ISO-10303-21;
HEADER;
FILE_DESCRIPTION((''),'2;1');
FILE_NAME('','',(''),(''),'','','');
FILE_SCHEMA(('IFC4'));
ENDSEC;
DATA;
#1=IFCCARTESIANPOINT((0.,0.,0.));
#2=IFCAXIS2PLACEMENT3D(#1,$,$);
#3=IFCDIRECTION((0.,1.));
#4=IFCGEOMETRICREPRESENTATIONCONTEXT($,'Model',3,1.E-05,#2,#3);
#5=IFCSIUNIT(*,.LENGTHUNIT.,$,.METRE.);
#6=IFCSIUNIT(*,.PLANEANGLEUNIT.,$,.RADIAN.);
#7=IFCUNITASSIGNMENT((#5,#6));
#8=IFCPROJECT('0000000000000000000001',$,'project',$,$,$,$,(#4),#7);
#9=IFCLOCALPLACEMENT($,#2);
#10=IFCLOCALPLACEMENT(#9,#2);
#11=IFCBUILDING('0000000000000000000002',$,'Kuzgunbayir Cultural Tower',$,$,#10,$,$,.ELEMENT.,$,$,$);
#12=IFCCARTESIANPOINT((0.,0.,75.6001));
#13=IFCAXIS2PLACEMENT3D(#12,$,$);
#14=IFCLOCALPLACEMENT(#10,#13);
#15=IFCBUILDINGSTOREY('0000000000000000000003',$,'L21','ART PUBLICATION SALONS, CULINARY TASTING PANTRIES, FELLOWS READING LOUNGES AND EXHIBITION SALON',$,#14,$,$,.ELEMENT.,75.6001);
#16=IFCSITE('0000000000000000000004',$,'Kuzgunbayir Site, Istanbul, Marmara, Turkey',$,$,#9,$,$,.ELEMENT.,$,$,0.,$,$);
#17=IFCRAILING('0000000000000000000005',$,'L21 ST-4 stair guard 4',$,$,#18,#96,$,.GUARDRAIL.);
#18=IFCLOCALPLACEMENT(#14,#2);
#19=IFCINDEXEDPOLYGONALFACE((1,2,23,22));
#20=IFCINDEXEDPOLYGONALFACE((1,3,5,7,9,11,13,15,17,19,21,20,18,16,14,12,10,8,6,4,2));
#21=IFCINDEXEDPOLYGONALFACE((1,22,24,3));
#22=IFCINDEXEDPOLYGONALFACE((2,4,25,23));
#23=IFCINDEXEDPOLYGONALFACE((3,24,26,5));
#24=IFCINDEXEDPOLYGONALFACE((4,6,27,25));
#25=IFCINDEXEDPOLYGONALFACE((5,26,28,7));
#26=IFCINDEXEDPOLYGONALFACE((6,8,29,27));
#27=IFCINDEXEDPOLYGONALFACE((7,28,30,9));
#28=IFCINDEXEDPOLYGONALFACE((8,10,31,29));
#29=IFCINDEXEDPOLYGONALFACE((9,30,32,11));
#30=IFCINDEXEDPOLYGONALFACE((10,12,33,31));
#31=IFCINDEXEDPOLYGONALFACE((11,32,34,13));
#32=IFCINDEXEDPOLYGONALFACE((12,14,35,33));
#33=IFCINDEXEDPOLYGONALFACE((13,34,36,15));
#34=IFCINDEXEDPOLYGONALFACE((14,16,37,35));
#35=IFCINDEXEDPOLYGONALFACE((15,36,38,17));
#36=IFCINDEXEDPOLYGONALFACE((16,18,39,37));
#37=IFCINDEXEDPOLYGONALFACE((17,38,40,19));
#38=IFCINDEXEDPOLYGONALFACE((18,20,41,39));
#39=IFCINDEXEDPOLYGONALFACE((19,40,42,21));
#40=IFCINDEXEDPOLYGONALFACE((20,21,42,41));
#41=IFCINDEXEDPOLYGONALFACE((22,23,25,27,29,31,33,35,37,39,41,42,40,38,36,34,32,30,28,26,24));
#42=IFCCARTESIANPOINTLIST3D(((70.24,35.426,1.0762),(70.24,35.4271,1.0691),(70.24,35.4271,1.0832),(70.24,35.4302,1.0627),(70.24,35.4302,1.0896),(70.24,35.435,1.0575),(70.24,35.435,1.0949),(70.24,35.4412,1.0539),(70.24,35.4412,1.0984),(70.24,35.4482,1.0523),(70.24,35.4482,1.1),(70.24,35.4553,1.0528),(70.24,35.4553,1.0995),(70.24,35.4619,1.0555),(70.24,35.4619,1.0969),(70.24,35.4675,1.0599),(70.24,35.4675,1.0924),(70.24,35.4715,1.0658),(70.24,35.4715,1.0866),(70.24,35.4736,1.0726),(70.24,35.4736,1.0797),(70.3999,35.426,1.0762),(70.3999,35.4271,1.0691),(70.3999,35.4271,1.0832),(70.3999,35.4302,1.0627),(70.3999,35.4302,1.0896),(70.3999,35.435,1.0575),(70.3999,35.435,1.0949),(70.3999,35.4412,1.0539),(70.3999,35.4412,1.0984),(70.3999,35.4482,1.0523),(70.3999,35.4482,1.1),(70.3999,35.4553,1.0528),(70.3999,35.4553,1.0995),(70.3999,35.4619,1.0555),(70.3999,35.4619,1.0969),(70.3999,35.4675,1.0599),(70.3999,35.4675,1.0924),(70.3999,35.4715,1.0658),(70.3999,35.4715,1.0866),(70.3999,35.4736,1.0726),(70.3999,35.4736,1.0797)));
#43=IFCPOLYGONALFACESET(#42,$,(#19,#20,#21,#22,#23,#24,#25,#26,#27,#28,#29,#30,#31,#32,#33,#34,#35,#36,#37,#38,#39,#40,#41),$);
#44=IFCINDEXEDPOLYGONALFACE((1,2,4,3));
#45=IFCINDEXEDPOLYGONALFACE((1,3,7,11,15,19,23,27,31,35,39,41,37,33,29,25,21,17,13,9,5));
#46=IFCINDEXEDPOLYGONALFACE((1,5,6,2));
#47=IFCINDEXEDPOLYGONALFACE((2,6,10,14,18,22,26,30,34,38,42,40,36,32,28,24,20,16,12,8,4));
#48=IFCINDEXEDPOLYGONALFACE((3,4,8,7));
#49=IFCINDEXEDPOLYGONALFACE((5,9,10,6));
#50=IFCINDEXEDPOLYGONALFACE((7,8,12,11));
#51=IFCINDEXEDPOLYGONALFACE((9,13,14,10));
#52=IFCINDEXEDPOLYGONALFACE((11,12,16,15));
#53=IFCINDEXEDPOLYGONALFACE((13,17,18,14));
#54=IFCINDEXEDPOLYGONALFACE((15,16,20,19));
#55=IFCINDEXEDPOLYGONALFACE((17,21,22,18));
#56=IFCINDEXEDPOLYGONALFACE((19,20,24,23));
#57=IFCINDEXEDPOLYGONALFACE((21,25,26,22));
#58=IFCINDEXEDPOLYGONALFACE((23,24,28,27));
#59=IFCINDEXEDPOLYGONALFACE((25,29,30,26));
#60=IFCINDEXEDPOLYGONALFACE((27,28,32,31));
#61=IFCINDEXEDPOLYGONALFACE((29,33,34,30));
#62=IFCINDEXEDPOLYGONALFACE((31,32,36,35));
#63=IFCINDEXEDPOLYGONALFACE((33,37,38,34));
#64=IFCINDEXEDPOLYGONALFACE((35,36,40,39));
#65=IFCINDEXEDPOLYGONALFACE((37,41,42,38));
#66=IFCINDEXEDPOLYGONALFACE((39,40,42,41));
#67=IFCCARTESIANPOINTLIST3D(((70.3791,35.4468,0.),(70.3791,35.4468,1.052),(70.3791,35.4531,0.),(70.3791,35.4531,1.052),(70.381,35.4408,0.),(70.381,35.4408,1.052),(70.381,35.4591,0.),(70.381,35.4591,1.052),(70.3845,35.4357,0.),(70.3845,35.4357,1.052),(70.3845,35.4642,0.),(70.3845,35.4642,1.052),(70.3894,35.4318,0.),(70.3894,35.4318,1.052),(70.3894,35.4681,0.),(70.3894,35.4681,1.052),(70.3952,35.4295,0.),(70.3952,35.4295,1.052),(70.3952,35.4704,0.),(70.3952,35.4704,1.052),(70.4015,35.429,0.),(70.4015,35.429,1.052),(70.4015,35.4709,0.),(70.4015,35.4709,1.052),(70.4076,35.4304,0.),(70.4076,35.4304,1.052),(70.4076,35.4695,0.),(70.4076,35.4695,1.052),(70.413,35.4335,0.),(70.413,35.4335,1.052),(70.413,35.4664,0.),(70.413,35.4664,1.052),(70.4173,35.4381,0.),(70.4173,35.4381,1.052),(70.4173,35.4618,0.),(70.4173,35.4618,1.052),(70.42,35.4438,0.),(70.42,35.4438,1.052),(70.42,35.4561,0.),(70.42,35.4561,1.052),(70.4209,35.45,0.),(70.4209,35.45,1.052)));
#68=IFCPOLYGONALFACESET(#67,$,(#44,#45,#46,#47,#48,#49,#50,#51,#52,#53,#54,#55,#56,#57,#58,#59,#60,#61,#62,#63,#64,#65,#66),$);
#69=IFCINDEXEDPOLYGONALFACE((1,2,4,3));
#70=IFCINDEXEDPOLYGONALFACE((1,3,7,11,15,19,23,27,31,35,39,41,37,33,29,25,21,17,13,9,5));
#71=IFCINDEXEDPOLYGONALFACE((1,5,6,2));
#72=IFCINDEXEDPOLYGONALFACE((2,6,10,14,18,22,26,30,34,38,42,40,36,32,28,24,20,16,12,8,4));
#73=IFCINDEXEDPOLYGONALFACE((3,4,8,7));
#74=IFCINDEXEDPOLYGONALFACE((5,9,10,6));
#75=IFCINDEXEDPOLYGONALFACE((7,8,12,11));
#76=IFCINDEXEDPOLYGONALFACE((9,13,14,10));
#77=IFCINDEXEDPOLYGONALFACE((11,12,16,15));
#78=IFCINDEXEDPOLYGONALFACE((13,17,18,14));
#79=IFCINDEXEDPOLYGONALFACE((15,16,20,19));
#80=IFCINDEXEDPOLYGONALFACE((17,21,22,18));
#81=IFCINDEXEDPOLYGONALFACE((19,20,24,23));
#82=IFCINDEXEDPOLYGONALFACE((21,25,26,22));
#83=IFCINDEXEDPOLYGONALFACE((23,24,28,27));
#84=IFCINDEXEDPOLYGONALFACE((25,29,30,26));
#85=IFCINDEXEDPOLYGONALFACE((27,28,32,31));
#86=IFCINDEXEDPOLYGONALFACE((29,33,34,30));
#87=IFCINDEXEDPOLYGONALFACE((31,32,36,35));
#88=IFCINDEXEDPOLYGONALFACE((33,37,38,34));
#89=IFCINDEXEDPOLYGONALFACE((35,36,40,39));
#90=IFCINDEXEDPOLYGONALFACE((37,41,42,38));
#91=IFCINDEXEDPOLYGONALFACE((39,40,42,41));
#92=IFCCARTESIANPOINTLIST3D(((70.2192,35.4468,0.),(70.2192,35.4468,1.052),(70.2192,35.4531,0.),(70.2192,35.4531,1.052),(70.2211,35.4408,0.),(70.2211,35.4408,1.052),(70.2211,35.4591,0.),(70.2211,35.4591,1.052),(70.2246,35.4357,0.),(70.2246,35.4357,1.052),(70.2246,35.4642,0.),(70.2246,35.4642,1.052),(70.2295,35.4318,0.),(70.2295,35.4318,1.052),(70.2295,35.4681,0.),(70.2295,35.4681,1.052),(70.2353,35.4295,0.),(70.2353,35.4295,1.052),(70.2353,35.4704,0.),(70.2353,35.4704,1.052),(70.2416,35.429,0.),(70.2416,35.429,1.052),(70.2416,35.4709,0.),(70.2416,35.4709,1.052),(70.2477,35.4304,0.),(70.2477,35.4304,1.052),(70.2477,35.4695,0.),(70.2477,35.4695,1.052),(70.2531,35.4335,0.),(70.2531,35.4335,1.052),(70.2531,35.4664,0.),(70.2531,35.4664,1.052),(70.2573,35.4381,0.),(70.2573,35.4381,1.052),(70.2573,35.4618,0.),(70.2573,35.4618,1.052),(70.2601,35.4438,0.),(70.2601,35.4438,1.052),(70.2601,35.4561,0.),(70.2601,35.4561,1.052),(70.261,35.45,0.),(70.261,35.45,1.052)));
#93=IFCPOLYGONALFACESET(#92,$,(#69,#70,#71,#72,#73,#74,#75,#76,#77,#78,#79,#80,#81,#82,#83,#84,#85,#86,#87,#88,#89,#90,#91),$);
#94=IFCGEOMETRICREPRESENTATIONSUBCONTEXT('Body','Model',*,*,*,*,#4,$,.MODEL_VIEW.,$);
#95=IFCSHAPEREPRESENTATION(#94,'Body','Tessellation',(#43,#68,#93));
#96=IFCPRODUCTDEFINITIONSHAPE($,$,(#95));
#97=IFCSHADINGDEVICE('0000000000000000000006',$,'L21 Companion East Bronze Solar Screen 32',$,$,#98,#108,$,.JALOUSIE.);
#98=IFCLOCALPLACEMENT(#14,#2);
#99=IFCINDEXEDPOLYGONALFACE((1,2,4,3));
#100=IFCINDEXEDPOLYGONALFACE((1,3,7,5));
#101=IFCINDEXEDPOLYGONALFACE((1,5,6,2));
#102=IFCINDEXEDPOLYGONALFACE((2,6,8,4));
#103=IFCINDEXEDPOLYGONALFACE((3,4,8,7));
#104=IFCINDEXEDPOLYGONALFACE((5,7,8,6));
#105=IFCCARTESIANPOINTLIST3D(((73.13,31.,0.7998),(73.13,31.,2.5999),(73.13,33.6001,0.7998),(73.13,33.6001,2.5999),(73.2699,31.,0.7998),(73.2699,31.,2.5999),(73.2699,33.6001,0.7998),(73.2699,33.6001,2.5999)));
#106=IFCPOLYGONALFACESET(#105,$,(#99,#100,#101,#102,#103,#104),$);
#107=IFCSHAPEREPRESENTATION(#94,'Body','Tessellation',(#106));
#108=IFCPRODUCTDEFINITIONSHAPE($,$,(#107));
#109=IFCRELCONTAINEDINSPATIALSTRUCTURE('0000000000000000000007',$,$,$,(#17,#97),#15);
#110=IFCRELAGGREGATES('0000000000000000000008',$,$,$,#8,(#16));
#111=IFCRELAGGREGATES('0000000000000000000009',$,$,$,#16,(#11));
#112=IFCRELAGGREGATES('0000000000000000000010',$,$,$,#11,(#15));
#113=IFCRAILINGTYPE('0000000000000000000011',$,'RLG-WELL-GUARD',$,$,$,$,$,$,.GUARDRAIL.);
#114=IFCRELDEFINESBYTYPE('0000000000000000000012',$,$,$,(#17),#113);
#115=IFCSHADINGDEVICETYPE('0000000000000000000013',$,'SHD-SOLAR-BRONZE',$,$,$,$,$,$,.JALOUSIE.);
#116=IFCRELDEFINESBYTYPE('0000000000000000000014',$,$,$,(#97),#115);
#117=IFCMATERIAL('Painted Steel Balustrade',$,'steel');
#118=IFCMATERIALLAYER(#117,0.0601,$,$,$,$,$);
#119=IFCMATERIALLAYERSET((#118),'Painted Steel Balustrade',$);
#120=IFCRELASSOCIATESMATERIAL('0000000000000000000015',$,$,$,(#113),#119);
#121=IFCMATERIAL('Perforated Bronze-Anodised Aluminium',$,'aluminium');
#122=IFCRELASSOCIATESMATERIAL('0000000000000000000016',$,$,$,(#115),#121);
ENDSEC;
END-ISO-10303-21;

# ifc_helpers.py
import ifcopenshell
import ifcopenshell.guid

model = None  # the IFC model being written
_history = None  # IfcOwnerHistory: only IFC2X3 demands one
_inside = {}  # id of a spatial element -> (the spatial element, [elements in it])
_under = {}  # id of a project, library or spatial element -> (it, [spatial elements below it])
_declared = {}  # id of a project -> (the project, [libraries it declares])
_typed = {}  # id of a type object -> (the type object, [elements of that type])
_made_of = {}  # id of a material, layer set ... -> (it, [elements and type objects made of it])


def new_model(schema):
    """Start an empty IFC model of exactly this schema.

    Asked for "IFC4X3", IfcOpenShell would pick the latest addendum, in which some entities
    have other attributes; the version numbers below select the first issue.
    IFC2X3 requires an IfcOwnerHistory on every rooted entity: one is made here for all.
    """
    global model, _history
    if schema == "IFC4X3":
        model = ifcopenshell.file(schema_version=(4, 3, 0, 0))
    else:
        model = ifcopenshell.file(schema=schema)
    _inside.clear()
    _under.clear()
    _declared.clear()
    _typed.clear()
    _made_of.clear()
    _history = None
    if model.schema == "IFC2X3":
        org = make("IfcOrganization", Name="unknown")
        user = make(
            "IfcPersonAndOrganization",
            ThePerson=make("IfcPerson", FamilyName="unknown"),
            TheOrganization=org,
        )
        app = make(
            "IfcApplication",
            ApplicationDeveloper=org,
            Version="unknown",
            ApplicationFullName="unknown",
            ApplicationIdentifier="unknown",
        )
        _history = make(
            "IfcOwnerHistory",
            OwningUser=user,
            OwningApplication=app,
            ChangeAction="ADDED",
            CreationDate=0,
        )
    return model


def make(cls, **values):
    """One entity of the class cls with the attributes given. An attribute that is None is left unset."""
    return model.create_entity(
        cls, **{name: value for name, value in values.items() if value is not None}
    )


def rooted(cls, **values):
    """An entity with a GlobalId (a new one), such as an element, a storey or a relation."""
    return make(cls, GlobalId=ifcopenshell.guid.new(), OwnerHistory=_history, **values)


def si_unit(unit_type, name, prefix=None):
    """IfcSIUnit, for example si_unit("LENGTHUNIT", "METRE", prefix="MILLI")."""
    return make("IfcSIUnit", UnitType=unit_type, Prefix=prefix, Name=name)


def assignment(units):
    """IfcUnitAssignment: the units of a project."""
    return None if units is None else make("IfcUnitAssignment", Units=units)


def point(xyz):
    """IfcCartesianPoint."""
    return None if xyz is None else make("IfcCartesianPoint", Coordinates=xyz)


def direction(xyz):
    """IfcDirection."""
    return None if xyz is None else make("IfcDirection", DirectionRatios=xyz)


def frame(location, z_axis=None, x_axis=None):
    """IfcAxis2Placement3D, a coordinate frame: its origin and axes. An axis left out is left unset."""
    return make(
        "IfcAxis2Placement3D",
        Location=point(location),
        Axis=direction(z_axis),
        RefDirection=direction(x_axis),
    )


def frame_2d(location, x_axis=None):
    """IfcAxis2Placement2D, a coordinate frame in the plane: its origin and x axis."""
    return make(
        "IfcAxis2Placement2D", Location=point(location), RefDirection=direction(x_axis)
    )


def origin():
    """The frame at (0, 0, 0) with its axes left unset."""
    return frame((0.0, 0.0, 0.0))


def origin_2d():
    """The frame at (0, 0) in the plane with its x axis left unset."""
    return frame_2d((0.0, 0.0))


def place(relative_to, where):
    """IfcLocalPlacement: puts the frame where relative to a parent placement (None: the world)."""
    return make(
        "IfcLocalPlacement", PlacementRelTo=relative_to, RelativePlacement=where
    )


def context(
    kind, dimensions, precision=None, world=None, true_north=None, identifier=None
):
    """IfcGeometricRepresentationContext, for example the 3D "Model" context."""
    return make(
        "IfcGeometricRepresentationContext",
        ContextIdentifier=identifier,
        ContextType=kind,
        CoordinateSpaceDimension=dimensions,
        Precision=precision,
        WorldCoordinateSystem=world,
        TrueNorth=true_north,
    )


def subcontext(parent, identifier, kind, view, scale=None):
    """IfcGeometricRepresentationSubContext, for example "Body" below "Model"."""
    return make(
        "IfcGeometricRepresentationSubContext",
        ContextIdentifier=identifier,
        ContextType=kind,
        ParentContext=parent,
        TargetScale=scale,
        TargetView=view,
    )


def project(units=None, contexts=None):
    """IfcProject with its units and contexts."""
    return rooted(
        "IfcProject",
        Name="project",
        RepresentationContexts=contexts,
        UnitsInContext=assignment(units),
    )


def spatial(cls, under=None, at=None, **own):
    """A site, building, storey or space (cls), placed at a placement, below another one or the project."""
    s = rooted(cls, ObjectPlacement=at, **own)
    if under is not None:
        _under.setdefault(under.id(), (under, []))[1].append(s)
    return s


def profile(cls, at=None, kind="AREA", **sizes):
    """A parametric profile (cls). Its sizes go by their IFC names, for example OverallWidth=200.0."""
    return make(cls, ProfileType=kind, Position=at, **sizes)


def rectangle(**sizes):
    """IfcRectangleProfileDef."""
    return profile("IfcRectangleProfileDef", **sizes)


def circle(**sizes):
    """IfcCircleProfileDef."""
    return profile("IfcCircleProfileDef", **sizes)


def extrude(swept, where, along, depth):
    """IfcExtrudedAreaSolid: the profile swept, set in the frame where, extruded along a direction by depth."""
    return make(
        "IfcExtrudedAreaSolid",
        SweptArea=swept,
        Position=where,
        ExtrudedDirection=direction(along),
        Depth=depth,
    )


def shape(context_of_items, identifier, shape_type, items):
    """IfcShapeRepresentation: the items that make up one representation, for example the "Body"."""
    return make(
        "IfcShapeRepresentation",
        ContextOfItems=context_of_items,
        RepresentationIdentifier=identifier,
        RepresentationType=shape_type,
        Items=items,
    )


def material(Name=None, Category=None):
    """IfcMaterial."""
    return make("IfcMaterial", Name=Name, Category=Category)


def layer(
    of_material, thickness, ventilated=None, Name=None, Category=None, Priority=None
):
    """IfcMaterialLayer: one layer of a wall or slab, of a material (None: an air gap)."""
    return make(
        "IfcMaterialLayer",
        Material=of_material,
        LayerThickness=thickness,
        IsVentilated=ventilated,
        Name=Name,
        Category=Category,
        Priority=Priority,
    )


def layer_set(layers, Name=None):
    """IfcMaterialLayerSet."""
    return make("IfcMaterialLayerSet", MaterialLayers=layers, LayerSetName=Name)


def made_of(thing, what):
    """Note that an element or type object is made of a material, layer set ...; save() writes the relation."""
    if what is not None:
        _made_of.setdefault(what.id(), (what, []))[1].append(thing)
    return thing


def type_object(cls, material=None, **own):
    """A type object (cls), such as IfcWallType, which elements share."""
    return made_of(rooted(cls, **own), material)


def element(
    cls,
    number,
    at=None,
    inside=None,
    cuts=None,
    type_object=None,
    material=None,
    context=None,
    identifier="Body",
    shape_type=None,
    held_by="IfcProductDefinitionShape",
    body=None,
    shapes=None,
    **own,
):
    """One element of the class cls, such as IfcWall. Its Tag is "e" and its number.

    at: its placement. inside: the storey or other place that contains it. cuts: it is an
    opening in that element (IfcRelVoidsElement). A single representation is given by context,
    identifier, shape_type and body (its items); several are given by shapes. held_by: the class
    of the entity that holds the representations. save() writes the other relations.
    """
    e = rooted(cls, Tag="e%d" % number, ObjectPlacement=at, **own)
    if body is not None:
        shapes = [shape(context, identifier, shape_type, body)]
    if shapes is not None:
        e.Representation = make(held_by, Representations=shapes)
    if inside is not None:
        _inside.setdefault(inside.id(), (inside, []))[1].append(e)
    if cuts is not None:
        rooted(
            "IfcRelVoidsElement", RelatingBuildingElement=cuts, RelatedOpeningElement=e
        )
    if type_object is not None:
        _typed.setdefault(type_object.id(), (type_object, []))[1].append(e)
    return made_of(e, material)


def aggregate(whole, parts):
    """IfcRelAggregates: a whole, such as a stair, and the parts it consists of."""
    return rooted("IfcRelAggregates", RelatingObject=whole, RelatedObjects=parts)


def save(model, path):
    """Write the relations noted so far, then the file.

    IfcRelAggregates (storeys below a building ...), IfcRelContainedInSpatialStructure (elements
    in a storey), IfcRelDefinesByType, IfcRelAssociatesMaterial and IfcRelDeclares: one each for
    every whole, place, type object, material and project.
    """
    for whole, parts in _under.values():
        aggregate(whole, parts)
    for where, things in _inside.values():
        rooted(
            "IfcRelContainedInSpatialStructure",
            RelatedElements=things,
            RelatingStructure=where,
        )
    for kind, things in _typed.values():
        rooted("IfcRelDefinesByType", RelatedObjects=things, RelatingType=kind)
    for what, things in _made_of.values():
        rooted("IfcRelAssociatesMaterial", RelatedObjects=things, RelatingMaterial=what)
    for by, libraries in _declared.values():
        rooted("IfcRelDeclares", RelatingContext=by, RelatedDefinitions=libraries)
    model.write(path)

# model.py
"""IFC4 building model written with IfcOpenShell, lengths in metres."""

from ifc_helpers import new_model, si_unit, direction, frame, origin, origin_2d, place, context, subcontext, project, spatial, rectangle, circle, extrude, material, layer, layer_set, type_object, element, save


model = new_model("IFC4")

# Units and contexts
model_context = context("Model", 3, precision=1e-05, world=origin(), true_north=direction((0.0, 1.0)))
body_context = subcontext(model_context, "Body", "Model", "MODEL_VIEW")
ifc_project = project(units=[si_unit("LENGTHUNIT", "METRE"), si_unit("PLANEANGLEUNIT", "RADIAN")], contexts=[model_context])

# Site, building, storey
site_placement = place(None, origin())
site = spatial("IfcSite", under=ifc_project, at=site_placement, Name="Kuzgunbayir Site, Istanbul, Marmara, Turkey", CompositionType="ELEMENT", RefElevation=0.0)
building_placement = place(site_placement, origin())
building = spatial("IfcBuilding", under=site, at=building_placement, Name="Kuzgunbayir Cultural Tower", CompositionType="ELEMENT")
storey_placement = place(building_placement, frame((0.0, 0.0, 75.6001)))
storey = spatial("IfcBuildingStorey", under=building, at=storey_placement, Name="L21", Description="ART PUBLICATION SALONS, CULINARY TASTING PANTRIES, FELLOWS READING LOUNGES AND EXHIBITION SALON", CompositionType="ELEMENT", Elevation=75.6001)

# Railing
ifc_material_1 = material(Name="Painted Steel Balustrade", Category="steel")
ifc_layer_1 = layer(ifc_material_1, 0.0601)
ifc_layer_set_1 = layer_set([ifc_layer_1], Name="Painted Steel Balustrade")
railing_type = type_object("IfcRailingType", Name="RLG-WELL-GUARD", PredefinedType="GUARDRAIL", material=ifc_layer_set_1)
railing_1_placement = place(storey_placement, frame((70.3999, 35.45, 0.0)))
element("IfcRailing", 1, at=railing_1_placement, inside=storey, type_object=railing_type, Name="L21 ST-4 stair guard 4", PredefinedType="GUARDRAIL", context=body_context, shape_type="SweptSolid", body=[
    extrude(circle(Radius=0.0239, at=origin_2d()), frame((0.0, 0.0, 1.0762), z_axis=(-1.0, 0.0, 0.0), x_axis=(0.0, -1.0, 0.0)), (0.0, 0.0, 1.0), 0.1599),
    extrude(circle(Radius=0.021, at=origin_2d()), origin(), (0.0, 0.0, 1.0), 1.052),
    extrude(circle(Radius=0.021, at=origin_2d()), frame((-0.1599, 0.0, 0.0)), (0.0, 0.0, 1.0), 1.052),
])

# Shading device
ifc_material_2 = material(Name="Perforated Bronze-Anodised Aluminium", Category="aluminium")
shading_device_type = type_object("IfcShadingDeviceType", Name="SHD-SOLAR-BRONZE", PredefinedType="JALOUSIE", material=ifc_material_2)
shading_device_placement = place(storey_placement, frame((73.2, 32.3, 0.7998), z_axis=(0.0, 0.0, 1.0), x_axis=(1.0, 0.0, 0.0)))
element("IfcShadingDevice", 2, at=shading_device_placement, inside=storey, type_object=shading_device_type, Name="L21 Companion East Bronze Solar Screen 32", PredefinedType="JALOUSIE", context=body_context, shape_type="SweptSolid", body=[
    extrude(rectangle(XDim=0.1399, YDim=2.6001, at=origin_2d()), origin(), (0.0, 0.0, 1.0), 1.8),
])

save(model, "model.ifc")
